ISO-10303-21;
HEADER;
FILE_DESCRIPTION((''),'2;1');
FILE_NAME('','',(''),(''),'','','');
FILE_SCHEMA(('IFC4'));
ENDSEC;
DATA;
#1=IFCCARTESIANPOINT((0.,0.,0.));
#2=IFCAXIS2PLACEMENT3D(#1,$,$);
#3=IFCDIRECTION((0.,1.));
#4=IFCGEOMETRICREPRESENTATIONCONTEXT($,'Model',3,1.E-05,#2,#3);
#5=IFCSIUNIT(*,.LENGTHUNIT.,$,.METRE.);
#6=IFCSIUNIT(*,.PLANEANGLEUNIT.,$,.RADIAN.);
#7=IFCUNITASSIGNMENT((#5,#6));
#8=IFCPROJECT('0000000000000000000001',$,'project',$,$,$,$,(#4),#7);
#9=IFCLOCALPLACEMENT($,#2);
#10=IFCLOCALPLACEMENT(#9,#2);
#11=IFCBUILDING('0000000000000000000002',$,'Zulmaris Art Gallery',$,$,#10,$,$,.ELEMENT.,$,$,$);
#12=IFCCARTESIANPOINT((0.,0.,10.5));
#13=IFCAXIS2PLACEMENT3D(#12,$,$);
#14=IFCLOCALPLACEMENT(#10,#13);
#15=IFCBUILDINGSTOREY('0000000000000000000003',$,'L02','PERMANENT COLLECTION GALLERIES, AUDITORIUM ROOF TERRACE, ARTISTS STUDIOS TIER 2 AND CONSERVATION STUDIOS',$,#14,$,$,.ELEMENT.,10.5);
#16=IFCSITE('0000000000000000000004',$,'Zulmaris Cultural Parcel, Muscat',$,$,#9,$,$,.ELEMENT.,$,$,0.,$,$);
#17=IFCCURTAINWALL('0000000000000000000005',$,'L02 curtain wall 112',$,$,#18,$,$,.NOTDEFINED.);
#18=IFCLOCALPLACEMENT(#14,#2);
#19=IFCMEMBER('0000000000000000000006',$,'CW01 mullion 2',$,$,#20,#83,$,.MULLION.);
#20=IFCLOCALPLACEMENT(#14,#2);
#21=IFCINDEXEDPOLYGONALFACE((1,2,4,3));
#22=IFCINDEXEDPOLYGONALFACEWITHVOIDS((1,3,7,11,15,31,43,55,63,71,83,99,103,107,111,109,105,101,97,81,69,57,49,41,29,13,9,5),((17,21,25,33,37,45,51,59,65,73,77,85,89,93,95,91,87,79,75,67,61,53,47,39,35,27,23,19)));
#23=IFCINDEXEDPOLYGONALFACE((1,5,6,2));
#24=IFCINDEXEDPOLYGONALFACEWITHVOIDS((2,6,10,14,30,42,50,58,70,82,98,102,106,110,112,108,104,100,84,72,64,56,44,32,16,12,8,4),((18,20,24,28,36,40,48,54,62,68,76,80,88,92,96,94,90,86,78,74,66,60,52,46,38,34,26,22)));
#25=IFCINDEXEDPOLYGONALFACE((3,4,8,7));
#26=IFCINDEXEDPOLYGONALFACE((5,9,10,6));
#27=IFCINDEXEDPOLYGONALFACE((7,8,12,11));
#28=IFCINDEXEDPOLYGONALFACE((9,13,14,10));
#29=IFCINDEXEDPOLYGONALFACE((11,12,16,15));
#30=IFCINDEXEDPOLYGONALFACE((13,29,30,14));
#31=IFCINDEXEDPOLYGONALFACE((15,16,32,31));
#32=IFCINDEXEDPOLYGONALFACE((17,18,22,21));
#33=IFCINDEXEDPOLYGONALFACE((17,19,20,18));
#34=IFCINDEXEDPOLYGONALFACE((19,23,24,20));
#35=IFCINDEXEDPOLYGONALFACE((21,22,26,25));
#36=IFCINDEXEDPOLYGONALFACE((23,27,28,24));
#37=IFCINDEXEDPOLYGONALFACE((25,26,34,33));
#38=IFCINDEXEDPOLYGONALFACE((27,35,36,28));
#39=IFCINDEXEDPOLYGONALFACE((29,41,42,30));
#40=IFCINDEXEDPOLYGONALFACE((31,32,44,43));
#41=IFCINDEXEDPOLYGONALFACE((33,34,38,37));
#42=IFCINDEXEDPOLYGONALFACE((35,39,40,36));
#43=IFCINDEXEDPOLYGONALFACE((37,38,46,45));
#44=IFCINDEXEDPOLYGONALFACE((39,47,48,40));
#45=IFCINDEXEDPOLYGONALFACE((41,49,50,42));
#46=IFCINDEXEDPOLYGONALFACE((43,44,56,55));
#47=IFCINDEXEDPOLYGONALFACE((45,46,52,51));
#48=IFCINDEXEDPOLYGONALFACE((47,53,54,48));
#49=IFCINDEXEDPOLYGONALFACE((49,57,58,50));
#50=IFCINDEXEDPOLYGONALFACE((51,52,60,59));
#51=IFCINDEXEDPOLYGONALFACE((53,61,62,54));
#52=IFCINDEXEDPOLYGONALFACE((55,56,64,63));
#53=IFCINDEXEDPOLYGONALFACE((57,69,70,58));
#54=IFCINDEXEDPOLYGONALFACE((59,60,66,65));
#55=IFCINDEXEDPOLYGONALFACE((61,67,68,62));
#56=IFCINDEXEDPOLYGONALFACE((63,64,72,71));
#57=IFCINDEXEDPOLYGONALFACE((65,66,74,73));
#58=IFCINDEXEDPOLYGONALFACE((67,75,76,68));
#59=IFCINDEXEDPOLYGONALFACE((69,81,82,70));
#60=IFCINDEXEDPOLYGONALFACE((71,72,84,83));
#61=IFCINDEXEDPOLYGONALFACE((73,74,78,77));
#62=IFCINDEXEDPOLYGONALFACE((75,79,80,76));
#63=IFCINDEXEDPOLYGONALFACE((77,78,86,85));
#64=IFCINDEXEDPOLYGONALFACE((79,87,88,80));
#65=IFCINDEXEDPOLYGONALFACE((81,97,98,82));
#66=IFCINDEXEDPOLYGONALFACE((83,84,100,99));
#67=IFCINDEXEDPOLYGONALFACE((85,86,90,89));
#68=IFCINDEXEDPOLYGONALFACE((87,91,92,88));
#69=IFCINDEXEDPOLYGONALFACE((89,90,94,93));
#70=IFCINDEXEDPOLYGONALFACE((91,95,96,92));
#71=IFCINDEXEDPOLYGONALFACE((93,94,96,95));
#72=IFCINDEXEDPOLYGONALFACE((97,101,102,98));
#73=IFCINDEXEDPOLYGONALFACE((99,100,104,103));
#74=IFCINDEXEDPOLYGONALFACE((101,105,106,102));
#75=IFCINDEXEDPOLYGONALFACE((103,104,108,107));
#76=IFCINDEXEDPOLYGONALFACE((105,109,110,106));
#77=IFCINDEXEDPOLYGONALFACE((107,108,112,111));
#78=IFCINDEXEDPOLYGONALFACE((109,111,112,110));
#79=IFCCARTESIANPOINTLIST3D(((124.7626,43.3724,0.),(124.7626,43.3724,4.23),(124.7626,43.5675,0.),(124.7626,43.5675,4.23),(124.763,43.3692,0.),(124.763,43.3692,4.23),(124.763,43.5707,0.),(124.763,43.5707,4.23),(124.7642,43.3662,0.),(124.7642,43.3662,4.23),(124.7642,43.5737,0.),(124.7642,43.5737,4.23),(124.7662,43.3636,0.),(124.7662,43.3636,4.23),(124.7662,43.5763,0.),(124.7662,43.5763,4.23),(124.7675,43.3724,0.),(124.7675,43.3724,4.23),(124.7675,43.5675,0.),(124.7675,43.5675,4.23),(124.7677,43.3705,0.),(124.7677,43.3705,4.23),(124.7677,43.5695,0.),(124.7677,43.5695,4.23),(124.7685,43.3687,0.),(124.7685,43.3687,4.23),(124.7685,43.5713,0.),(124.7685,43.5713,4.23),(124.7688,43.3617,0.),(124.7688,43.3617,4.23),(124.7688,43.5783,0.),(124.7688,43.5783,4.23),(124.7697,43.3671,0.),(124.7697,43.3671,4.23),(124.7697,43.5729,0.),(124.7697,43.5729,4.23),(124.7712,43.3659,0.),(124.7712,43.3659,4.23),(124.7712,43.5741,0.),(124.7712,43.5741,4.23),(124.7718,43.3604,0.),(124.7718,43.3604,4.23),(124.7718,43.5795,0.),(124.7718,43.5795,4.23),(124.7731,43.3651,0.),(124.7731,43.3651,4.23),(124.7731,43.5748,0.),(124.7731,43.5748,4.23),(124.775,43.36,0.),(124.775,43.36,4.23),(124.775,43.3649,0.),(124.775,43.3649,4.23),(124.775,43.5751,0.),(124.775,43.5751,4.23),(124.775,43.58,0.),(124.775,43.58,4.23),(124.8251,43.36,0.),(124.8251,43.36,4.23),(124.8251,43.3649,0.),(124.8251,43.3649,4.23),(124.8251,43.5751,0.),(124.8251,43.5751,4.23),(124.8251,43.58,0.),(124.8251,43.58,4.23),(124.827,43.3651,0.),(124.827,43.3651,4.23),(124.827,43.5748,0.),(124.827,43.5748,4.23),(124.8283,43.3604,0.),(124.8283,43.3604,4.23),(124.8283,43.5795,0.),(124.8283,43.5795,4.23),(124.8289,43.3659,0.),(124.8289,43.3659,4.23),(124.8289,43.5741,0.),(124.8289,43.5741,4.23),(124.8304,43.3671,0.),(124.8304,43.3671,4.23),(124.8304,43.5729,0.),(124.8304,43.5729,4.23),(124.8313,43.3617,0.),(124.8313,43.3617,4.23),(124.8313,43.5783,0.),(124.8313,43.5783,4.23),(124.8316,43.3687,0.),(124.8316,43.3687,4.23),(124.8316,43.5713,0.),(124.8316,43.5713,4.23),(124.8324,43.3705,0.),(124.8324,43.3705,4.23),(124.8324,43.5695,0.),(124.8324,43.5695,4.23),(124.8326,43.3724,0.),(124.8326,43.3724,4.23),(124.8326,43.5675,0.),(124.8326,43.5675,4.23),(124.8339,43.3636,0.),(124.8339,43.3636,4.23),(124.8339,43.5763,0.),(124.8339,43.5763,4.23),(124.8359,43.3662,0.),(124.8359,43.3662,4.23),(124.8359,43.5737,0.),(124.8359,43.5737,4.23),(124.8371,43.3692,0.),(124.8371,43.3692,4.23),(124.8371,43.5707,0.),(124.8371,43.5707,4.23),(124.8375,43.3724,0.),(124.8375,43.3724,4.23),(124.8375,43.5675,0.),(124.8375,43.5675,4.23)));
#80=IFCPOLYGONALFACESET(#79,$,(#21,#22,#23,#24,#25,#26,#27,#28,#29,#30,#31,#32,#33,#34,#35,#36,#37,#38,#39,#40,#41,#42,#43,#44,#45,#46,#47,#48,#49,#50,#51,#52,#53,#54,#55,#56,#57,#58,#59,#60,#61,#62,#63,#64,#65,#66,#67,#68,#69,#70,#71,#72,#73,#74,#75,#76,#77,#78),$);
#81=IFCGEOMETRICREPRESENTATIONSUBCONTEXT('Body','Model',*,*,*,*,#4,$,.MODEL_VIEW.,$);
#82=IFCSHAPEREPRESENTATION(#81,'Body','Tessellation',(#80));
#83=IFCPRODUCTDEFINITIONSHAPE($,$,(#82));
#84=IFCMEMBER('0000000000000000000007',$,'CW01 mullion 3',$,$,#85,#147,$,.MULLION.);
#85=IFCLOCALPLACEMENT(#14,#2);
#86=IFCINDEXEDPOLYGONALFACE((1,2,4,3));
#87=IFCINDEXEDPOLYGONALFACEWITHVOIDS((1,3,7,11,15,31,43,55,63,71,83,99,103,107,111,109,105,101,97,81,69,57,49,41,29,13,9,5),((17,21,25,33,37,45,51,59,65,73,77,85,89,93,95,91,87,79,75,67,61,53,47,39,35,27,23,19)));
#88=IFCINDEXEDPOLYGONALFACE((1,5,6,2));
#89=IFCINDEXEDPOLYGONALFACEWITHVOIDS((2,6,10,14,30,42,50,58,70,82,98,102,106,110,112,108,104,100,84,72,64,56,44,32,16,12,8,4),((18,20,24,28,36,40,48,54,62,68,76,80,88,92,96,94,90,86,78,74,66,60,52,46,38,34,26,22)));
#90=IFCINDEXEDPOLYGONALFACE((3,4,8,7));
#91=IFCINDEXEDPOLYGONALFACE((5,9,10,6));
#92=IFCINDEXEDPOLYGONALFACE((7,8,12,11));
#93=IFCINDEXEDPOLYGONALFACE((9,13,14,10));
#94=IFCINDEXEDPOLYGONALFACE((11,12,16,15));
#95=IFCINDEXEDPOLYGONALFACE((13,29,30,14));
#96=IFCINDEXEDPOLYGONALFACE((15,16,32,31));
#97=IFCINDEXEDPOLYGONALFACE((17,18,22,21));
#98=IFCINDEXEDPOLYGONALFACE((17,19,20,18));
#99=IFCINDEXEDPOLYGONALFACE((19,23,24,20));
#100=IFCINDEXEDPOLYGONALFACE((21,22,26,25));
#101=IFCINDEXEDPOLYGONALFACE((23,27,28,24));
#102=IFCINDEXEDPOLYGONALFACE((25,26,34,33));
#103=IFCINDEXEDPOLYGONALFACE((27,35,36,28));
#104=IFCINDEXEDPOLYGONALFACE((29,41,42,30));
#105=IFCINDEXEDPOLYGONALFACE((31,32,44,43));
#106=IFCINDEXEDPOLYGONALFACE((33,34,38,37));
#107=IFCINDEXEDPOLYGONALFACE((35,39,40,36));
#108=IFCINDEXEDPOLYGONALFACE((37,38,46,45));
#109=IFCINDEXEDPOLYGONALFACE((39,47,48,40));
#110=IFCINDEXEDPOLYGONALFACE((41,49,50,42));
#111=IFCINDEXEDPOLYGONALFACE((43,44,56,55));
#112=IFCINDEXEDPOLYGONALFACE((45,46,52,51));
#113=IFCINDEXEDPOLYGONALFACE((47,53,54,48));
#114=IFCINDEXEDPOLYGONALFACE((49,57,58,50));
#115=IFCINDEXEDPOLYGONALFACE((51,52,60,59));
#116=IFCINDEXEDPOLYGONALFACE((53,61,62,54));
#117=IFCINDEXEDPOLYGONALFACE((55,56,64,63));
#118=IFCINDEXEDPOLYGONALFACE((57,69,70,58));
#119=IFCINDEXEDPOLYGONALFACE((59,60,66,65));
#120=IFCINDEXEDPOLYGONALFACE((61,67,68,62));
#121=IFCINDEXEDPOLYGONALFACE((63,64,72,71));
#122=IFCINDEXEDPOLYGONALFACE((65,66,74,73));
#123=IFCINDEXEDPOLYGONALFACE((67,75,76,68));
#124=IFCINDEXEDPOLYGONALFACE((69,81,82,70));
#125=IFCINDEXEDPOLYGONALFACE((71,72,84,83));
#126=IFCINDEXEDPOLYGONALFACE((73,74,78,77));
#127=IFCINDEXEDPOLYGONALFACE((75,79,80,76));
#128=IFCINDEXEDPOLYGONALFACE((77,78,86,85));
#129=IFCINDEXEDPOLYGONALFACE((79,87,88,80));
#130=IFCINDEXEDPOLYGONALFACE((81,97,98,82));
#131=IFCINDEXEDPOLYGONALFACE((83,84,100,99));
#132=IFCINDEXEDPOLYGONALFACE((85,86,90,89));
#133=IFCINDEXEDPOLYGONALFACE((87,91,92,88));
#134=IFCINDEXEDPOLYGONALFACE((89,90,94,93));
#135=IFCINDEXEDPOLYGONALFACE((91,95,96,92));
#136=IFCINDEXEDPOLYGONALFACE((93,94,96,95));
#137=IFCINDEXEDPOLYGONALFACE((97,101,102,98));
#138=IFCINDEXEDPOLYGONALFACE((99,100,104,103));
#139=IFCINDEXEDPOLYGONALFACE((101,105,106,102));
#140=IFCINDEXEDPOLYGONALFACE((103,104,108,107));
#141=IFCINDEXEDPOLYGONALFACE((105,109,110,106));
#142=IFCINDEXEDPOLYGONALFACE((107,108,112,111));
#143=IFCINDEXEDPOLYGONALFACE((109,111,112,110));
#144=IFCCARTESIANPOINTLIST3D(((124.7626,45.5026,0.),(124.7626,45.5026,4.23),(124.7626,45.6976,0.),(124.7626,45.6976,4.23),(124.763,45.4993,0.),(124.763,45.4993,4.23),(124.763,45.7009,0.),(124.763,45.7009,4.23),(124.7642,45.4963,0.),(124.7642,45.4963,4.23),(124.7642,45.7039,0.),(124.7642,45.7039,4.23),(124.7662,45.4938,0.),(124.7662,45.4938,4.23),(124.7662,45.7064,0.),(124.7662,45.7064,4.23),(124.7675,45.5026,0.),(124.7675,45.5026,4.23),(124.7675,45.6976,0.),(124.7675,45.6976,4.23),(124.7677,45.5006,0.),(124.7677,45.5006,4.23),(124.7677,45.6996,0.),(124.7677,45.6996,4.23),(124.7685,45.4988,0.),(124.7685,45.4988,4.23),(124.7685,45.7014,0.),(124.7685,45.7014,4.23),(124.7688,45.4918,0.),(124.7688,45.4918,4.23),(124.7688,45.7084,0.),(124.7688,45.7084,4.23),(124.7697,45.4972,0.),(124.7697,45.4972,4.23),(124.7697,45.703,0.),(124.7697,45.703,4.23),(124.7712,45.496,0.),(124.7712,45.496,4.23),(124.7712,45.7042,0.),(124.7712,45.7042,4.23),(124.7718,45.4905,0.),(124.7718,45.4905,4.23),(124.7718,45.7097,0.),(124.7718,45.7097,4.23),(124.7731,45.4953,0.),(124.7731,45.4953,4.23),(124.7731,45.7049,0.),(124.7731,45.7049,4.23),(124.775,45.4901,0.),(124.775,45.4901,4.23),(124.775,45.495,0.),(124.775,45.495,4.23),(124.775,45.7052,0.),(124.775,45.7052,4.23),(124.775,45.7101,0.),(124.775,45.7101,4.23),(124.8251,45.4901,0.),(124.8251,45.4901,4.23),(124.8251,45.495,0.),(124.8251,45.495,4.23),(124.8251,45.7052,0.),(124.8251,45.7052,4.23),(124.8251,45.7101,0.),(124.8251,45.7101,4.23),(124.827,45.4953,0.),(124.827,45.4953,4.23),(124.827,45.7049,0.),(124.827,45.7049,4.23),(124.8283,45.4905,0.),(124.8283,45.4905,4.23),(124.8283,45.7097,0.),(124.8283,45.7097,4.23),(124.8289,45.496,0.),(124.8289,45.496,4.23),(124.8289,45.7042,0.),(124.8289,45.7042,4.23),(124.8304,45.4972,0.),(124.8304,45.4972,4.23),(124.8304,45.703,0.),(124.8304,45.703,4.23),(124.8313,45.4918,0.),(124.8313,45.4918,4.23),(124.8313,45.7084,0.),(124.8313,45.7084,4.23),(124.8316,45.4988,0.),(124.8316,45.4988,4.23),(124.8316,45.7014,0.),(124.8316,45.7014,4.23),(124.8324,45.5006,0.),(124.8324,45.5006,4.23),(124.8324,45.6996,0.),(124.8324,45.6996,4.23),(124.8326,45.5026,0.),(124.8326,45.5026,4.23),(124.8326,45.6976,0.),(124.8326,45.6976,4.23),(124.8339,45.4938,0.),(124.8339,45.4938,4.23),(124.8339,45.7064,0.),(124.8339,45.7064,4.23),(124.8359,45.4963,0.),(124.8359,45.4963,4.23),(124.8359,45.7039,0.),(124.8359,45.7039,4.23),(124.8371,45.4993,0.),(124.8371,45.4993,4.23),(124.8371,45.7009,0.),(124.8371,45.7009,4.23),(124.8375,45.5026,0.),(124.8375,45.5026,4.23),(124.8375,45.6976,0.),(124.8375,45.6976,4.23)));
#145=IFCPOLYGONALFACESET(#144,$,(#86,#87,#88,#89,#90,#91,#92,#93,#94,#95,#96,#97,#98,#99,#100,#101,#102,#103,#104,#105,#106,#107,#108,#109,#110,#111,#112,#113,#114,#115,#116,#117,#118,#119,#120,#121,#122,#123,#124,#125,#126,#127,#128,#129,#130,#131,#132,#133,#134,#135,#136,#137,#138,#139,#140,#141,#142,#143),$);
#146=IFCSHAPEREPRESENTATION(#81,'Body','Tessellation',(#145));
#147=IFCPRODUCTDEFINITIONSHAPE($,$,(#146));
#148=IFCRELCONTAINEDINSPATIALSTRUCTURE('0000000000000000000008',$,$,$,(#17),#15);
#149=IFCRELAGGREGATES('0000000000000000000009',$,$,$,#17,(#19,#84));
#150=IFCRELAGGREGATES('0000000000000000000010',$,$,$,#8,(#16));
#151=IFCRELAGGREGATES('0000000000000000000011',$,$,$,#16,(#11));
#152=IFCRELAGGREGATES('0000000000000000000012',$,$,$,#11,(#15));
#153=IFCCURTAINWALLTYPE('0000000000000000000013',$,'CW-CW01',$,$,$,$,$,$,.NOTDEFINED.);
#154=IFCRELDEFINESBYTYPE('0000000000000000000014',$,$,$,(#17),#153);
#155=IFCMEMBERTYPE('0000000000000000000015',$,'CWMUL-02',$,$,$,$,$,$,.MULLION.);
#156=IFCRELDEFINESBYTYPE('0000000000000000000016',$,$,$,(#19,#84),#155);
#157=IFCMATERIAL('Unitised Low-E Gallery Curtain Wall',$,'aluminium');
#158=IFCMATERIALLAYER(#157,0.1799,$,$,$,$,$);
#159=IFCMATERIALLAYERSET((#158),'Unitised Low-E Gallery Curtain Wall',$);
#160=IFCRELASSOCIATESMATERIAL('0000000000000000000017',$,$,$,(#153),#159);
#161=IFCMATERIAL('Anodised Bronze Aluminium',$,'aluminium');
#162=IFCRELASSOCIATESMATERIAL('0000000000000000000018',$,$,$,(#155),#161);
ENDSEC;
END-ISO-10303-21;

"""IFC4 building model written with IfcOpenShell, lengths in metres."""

from ifc_helpers import new_model, si_unit, direction, frame, origin, origin_2d, place, context, subcontext, project, spatial, hollow_rectangle, extrude, material, layer, layer_set, material_profile, profile_set, type_object, element, aggregate, save


model = new_model("IFC4")

# Units and contexts
model_context = context("Model", 3, precision=1e-05, world=origin(), true_north=direction((0.0, 1.0)))
body_context = subcontext(model_context, "Body", "Model", "MODEL_VIEW")
ifc_project = project(units=[si_unit("LENGTHUNIT", "METRE"), si_unit("PLANEANGLEUNIT", "RADIAN")], contexts=[model_context])

# Site, building, storey
site_placement = place(None, origin())
site = spatial("IfcSite", under=ifc_project, at=site_placement, Name="Zulmaris Cultural Parcel, Muscat", CompositionType="ELEMENT", RefElevation=0.0)
building_placement = place(site_placement, origin())
building = spatial("IfcBuilding", under=site, at=building_placement, Name="Zulmaris Art Gallery", CompositionType="ELEMENT")
storey_placement = place(building_placement, frame((0.0, 0.0, 10.5)))
storey = spatial("IfcBuildingStorey", under=building, at=storey_placement, Name="L02", Description="PERMANENT COLLECTION GALLERIES, AUDITORIUM ROOF TERRACE, ARTISTS STUDIOS TIER 2 AND CONSERVATION STUDIOS", CompositionType="ELEMENT", Elevation=10.5)

# Curtain wall, members
ifc_material_1 = material(Name="Unitised Low-E Gallery Curtain Wall", Category="aluminium")
ifc_layer_1 = layer(ifc_material_1, 0.1799)
ifc_layer_set_1 = layer_set([ifc_layer_1], Name="Unitised Low-E Gallery Curtain Wall")
curtain_wall_type = type_object("IfcCurtainWallType", Name="CW-CW01", PredefinedType="NOTDEFINED", material=ifc_layer_set_1)
curtain_wall_1_placement = place(storey_placement, origin())
curtain_wall_1 = element("IfcCurtainWall", 1, at=curtain_wall_1_placement, inside=storey, type_object=curtain_wall_type, Name="L02 curtain wall 112", PredefinedType="NOTDEFINED")
ifc_material_2 = material(Name="Anodised Bronze Aluminium", Category="aluminium")
ifc_material_profile_1 = material_profile(ifc_material_2, hollow_rectangle(XDim=0.075, YDim=0.22, WallThickness=0.0049, InnerFilletRadius=0.0076, OuterFilletRadius=0.0125, at=origin_2d()), Name="ALU 75x220x5")
ifc_profile_set_1 = profile_set([ifc_material_profile_1], Name="Anodised Bronze Aluminium")
member_type_1 = type_object("IfcMemberType", Name="CWMUL-02", PredefinedType="MULLION", material=ifc_profile_set_1)
member_1_placement = place(storey_placement, frame((124.8, 43.47, 0.0), z_axis=(0.0, 0.0, 1.0), x_axis=(-1.0, 0.0, 0.0)))
member_1 = element("IfcMember", 2, at=member_1_placement, type_object=member_type_1, Name="CW01 mullion 2", PredefinedType="MULLION", context=body_context, shape_type="SweptSolid", body=[
    extrude(hollow_rectangle(XDim=0.075, YDim=0.22, WallThickness=0.0049, InnerFilletRadius=0.0076, OuterFilletRadius=0.0125, at=origin_2d()), origin(), (0.0, 0.0, 1.0), 4.23),
])
member_2_placement = place(storey_placement, frame((124.8, 45.6001, 0.0), z_axis=(0.0, 0.0, 1.0), x_axis=(-1.0, 0.0, 0.0)))
member_2 = element("IfcMember", 3, at=member_2_placement, type_object=member_type_1, Name="CW01 mullion 3", PredefinedType="MULLION", context=body_context, shape_type="SweptSolid", body=[
    extrude(hollow_rectangle(XDim=0.075, YDim=0.22, WallThickness=0.0049, InnerFilletRadius=0.0076, OuterFilletRadius=0.0125, at=origin_2d()), origin(), (0.0, 0.0, 1.0), 4.23),
])

aggregate(curtain_wall_1, [member_1, member_2])

save(model, "model.ifc")
